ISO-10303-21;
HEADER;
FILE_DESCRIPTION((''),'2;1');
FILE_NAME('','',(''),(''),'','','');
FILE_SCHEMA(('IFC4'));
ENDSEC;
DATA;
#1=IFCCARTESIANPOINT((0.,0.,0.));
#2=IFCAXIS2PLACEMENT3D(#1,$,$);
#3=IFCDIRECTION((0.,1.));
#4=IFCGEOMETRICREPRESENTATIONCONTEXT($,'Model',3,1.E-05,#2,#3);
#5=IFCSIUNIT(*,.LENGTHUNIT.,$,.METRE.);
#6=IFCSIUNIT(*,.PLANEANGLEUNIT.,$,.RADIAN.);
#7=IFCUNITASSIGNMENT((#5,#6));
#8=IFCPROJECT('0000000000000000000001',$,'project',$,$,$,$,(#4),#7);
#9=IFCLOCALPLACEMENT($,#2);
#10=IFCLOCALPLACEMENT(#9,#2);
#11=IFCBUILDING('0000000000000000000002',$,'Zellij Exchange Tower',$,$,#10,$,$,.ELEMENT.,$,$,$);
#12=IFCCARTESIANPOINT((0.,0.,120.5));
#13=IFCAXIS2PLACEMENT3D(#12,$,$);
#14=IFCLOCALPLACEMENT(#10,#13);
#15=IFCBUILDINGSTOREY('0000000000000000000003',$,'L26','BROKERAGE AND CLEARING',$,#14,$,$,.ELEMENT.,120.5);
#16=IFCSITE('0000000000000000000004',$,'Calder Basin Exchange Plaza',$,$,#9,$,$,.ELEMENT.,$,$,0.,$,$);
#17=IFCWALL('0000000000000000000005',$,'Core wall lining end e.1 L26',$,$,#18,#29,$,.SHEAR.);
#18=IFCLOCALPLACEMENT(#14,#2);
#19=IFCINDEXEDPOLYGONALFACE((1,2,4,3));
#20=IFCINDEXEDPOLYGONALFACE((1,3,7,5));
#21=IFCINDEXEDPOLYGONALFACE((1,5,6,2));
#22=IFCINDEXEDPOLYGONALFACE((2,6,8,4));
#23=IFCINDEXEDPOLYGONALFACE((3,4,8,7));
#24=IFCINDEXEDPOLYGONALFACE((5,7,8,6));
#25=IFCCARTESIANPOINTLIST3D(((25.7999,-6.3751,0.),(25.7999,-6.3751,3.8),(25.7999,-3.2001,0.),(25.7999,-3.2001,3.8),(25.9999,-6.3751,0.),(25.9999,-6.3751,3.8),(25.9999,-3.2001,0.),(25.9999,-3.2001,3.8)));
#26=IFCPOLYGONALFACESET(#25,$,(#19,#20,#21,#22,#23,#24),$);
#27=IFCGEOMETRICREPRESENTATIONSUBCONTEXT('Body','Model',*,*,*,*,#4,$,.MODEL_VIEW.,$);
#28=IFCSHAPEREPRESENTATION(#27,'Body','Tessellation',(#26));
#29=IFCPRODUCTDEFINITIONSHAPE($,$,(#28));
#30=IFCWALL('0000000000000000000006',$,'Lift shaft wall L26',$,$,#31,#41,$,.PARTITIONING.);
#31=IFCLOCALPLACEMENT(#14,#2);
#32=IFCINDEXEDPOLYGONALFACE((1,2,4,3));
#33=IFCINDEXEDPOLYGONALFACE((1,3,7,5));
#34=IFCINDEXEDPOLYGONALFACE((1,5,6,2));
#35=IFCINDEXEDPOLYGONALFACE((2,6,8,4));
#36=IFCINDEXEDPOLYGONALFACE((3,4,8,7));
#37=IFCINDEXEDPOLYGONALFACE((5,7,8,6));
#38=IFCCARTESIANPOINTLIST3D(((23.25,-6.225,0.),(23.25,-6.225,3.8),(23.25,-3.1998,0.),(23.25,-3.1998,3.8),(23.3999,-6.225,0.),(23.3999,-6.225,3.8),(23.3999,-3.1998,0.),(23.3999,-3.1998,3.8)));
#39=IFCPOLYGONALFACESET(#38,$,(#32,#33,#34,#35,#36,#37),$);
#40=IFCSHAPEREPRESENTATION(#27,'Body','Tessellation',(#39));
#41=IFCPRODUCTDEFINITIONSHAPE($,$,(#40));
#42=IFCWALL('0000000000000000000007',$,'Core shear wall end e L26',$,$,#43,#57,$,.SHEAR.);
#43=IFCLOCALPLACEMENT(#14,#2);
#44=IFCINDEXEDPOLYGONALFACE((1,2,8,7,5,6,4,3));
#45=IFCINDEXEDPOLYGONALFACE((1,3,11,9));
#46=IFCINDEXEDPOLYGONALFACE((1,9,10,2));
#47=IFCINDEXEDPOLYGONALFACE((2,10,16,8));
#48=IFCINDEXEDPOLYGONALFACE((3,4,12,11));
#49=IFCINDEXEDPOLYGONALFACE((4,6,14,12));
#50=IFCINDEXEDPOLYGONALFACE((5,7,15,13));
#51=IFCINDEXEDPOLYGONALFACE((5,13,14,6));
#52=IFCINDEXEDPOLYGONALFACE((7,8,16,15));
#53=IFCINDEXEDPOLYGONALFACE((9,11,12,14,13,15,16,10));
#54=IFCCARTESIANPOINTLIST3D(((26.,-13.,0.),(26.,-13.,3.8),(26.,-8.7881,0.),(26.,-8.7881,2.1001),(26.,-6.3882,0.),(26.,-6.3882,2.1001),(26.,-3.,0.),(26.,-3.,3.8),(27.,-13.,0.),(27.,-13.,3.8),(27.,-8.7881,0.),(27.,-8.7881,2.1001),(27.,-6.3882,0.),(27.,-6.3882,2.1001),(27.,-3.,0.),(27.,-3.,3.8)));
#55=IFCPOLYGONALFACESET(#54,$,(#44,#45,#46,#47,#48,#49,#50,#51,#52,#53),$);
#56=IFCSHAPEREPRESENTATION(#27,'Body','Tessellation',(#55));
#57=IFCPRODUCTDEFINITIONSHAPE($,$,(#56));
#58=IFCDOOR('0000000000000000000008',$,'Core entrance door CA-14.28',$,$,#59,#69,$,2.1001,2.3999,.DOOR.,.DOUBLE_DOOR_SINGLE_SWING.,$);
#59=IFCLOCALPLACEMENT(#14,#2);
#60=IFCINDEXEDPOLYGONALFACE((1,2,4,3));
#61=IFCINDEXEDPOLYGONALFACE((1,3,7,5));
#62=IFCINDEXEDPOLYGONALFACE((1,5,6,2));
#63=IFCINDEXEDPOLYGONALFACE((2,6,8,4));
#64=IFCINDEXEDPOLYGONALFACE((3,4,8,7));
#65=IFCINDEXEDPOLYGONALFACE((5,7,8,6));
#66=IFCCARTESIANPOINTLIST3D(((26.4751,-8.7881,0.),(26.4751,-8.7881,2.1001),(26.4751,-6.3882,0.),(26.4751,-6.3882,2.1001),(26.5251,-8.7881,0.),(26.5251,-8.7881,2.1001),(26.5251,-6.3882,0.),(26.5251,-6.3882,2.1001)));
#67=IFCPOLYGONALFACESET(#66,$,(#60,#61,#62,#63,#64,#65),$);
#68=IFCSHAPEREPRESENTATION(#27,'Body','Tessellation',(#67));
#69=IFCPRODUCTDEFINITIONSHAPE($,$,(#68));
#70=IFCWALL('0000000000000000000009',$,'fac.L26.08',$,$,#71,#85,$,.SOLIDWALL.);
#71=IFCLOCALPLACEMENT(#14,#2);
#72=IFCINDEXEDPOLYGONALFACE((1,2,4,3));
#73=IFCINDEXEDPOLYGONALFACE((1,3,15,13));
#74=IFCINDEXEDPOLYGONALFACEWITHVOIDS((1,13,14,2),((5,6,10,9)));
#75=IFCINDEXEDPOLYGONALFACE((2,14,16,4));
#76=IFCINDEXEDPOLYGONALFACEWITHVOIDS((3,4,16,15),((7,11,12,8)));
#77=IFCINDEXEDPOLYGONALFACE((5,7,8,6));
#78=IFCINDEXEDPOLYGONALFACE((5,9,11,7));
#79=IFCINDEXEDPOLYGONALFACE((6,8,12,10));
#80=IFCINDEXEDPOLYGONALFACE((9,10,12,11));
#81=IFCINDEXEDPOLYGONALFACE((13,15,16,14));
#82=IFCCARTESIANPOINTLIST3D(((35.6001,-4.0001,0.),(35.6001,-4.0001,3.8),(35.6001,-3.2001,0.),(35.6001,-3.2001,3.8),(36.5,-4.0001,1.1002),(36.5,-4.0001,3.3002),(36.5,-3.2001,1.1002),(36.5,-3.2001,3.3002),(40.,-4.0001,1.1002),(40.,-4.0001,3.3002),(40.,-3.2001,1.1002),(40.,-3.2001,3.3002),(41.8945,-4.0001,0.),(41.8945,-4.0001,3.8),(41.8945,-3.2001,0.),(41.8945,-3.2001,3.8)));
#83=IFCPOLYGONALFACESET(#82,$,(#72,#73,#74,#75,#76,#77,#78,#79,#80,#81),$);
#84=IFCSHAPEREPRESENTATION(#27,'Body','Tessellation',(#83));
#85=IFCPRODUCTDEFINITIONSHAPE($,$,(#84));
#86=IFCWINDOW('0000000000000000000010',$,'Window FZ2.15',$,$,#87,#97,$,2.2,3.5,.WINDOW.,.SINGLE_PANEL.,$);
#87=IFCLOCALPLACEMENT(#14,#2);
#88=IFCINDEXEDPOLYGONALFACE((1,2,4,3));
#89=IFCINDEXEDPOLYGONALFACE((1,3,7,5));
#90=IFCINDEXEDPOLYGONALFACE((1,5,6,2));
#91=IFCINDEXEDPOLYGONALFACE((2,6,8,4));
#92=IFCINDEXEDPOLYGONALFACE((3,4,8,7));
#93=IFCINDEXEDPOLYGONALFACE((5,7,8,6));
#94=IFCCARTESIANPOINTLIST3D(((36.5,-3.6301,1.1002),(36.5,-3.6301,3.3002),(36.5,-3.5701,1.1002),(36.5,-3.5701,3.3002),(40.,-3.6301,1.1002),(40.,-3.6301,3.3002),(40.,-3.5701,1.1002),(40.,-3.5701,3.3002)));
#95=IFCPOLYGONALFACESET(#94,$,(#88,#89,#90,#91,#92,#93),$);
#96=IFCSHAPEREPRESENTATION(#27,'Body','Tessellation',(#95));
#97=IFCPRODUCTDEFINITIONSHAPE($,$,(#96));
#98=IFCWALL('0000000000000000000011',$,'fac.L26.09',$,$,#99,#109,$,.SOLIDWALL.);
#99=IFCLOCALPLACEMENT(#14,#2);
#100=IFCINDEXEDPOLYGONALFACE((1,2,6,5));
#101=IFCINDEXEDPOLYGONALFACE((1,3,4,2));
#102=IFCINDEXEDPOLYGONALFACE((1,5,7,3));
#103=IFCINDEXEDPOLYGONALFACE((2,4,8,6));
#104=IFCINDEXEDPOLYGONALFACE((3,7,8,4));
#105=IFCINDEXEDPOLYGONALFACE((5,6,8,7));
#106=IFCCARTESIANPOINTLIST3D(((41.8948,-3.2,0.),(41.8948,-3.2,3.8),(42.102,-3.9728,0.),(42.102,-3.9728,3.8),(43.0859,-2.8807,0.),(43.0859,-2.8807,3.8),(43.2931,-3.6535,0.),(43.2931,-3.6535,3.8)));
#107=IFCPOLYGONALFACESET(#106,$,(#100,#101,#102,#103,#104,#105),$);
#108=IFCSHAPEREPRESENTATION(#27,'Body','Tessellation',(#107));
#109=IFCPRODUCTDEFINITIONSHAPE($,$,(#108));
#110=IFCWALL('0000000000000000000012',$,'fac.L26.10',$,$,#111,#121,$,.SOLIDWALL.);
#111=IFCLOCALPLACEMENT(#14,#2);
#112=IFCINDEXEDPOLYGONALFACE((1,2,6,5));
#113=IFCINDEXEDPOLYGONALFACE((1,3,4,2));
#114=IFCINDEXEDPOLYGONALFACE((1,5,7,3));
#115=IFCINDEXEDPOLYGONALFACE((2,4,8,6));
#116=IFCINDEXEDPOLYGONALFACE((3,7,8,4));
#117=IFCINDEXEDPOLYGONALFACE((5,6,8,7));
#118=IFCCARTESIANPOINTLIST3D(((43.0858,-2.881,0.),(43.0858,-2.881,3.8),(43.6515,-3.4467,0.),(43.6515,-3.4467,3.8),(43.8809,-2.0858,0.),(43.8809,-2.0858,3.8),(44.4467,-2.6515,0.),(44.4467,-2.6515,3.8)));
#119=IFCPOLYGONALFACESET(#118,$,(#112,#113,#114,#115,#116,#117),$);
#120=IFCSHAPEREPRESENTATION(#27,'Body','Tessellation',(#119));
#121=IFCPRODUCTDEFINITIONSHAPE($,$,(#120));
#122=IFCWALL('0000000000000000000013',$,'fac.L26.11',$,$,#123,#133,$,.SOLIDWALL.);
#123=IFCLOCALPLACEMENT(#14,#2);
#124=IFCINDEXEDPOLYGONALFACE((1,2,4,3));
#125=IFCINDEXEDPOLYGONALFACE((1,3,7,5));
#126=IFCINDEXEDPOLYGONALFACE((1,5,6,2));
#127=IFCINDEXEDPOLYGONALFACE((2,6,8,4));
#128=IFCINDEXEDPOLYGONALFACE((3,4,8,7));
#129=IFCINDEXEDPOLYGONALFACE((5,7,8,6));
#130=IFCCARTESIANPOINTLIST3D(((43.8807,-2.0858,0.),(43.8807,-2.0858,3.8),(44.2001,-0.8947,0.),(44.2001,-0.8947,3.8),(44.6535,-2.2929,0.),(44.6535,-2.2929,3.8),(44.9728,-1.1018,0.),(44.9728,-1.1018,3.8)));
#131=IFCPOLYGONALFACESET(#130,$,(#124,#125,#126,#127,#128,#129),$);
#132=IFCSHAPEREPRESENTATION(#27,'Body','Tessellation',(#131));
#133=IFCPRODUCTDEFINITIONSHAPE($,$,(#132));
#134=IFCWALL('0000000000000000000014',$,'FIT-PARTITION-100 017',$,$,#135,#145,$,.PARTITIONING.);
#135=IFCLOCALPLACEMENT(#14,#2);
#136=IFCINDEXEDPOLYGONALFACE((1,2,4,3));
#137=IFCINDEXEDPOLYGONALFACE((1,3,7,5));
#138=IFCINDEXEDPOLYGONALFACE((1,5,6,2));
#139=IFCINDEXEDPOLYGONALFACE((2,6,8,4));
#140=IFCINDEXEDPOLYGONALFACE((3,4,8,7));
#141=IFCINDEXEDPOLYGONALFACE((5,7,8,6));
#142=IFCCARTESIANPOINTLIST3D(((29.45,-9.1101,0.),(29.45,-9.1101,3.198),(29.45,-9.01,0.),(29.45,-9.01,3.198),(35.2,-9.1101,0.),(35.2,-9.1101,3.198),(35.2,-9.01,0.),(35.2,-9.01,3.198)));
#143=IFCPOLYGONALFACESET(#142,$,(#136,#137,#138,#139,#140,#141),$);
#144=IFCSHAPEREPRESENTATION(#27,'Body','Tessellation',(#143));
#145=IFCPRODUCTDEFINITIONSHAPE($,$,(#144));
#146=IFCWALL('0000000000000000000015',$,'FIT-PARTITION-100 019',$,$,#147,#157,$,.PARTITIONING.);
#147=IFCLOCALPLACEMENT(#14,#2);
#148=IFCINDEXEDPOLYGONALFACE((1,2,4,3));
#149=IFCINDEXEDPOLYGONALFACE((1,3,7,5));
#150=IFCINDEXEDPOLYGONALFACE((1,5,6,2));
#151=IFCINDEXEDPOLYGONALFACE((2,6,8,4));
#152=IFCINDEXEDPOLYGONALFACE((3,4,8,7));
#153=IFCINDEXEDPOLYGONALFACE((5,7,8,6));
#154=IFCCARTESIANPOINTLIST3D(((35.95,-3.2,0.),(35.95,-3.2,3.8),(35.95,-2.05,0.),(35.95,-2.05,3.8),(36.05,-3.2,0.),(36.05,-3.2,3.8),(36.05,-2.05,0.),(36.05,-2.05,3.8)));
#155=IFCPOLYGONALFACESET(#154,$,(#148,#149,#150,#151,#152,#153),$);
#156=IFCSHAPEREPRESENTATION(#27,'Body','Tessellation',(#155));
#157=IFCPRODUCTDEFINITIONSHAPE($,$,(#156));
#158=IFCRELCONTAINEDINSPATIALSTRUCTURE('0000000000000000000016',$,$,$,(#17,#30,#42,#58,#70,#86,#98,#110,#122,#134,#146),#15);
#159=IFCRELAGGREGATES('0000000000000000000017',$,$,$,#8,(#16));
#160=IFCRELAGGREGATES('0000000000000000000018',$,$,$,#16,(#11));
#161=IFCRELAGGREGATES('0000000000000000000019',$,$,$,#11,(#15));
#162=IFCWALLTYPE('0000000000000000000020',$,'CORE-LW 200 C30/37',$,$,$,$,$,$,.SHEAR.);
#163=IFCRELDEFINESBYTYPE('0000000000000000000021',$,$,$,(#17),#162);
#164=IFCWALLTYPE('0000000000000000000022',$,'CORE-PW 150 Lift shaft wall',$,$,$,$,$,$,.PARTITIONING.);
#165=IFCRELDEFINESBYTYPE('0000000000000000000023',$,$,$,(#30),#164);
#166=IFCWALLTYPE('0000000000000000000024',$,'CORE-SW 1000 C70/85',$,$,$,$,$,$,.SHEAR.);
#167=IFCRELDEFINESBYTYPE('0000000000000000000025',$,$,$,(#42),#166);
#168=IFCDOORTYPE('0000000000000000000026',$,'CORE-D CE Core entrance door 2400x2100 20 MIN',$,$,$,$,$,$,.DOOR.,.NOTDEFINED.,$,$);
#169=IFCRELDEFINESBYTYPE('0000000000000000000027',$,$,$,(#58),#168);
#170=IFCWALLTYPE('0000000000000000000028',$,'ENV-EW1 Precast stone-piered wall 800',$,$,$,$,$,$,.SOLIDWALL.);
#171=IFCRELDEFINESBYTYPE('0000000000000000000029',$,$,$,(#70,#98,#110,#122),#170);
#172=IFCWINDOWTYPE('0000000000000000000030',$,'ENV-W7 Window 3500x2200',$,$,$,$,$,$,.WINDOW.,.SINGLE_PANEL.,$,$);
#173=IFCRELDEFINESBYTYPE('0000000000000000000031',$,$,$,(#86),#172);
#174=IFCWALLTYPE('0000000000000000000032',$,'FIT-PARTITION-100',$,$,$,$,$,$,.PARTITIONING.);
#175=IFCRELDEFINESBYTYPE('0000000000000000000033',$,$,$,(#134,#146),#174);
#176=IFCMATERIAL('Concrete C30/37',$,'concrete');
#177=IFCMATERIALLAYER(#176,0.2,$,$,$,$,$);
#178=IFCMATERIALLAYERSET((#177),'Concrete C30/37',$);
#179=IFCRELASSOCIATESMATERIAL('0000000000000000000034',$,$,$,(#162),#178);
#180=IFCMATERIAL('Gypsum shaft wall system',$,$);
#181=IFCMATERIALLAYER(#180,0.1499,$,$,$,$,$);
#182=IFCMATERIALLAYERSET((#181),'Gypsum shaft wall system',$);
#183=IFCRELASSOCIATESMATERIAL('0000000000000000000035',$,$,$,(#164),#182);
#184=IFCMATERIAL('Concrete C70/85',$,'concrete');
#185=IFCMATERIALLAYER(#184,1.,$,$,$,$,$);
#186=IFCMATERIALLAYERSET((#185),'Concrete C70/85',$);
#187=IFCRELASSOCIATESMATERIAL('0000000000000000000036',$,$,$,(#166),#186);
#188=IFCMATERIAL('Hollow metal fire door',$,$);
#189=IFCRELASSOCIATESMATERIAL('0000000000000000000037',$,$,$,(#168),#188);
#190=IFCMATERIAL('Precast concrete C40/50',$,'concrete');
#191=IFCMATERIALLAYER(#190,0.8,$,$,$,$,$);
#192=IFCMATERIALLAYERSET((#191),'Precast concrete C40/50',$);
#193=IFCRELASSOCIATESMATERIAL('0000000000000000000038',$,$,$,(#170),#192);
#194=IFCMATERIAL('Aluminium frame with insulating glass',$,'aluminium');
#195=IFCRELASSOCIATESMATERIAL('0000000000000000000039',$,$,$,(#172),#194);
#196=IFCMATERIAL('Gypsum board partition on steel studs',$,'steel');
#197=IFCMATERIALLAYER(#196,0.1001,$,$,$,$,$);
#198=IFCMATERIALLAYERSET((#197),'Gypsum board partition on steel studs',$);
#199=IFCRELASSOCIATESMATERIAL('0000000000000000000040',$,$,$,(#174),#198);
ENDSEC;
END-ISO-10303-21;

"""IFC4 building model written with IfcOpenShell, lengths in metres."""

from ifc_helpers import new_model, si_unit, direction, frame, frame_2d, origin, place, context, subcontext, project, spatial, rectangle, extrude, material, layer, layer_set, type_object, element, fill, save


model = new_model("IFC4")

# Units and contexts
model_context = context("Model", 3, precision=1e-05, world=origin(), true_north=direction((0.0, 1.0)))
body_context = subcontext(model_context, "Body", "Model", "MODEL_VIEW")
ifc_project = project(units=[si_unit("LENGTHUNIT", "METRE"), si_unit("PLANEANGLEUNIT", "RADIAN")], contexts=[model_context])

# Site, building, storey
site_placement = place(None, origin())
site = spatial("IfcSite", under=ifc_project, at=site_placement, Name="Calder Basin Exchange Plaza", CompositionType="ELEMENT", RefElevation=0.0)
building_placement = place(site_placement, origin())
building = spatial("IfcBuilding", under=site, at=building_placement, Name="Zellij Exchange Tower", CompositionType="ELEMENT")
storey_placement = place(building_placement, frame((0.0, 0.0, 120.5)))
storey = spatial("IfcBuildingStorey", under=building, at=storey_placement, Name="L26", Description="BROKERAGE AND CLEARING", CompositionType="ELEMENT", Elevation=120.5)

# Shared definitions
ifc_material_1 = material(Name="Concrete C70/85", Category="concrete")

# Walls
ifc_material_2 = material(Name="Concrete C30/37", Category="concrete")
ifc_layer_1 = layer(ifc_material_2, 0.2)
ifc_layer_set_1 = layer_set([ifc_layer_1], Name="Concrete C30/37")
wall_type_1 = type_object("IfcWallType", Name="CORE-LW 200 C30/37", PredefinedType="SHEAR", material=ifc_layer_set_1)
wall_1_placement = place(storey_placement, frame((25.8999, -6.375, 0.0), z_axis=(0.0, 0.0, 1.0), x_axis=(0.0, 1.0, 0.0)))
element("IfcWall", 1, at=wall_1_placement, inside=storey, type_object=wall_type_1, Name="Core wall lining end e.1 L26", PredefinedType="SHEAR", context=body_context, shape_type="SweptSolid", body=[
    extrude(rectangle(XDim=3.175, YDim=0.2, at=frame_2d((1.5874, 0.0))), origin(), (0.0, 0.0, 1.0), 3.8),
])
ifc_material_3 = material(Name="Gypsum shaft wall system")
ifc_layer_2 = layer(ifc_material_3, 0.1499)
ifc_layer_set_2 = layer_set([ifc_layer_2], Name="Gypsum shaft wall system")
wall_type_2 = type_object("IfcWallType", Name="CORE-PW 150 Lift shaft wall", PredefinedType="PARTITIONING", material=ifc_layer_set_2)
wall_2_placement = place(storey_placement, frame((23.325, -6.2251, 0.0), z_axis=(0.0, 0.0, 1.0), x_axis=(0.0, 1.0, 0.0)))
element("IfcWall", 2, at=wall_2_placement, inside=storey, type_object=wall_type_2, Name="Lift shaft wall L26", PredefinedType="PARTITIONING", context=body_context, shape_type="SweptSolid", body=[
    extrude(rectangle(XDim=3.0251, YDim=0.1499, at=frame_2d((1.5127, 0.0))), origin(), (0.0, 0.0, 1.0), 3.8),
])

# Wall, opening, door
ifc_layer_3 = layer(ifc_material_1, 1.0)
ifc_layer_set_3 = layer_set([ifc_layer_3], Name="Concrete C70/85")
wall_type_3 = type_object("IfcWallType", Name="CORE-SW 1000 C70/85", PredefinedType="SHEAR", material=ifc_layer_set_3)
wall_3_placement = place(storey_placement, frame((26.5, -13.0, 0.0), z_axis=(0.0, 0.0, 1.0), x_axis=(0.0, 1.0, 0.0)))
wall_3 = element("IfcWall", 3, at=wall_3_placement, inside=storey, type_object=wall_type_3, Name="Core shear wall end e L26", PredefinedType="SHEAR", context=body_context, shape_type="SweptSolid", body=[
    extrude(rectangle(XDim=10.0, YDim=1.0, at=frame_2d((5.0, 0.0))), origin(), (0.0, 0.0, 1.0), 3.8),
])
opening_1_placement = place(wall_3_placement, frame((4.2119, 0.0, 0.0)))
opening_1 = element("IfcOpeningElement", 4, at=opening_1_placement, cuts=wall_3, PredefinedType="OPENING", context=body_context, shape_type="SweptSolid", body=[
    extrude(rectangle(XDim=2.3999, YDim=2.1001, at=frame_2d((1.2, 1.05))), frame((0.0, 0.512, 0.0), z_axis=(0.0, -1.0, 0.0), x_axis=(1.0, 0.0, 0.0)), (0.0, 0.0, 1.0), 1.0239),
])
ifc_material_4 = material(Name="Hollow metal fire door")
door_type_1 = type_object("IfcDoorType", Name="CORE-D CE Core entrance door 2400x2100 20 MIN", OperationType="NOTDEFINED", PredefinedType="DOOR", material=ifc_material_4)
door_1_placement = place(opening_1_placement, origin())
door_1 = element("IfcDoor", 5, at=door_1_placement, inside=storey, type_object=door_type_1, Name="Core entrance door CA-14.28", OperationType="DOUBLE_DOOR_SINGLE_SWING", OverallHeight=2.1001, OverallWidth=2.3999, PredefinedType="DOOR", context=body_context, shape_type="SweptSolid", body=[
    extrude(rectangle(XDim=2.3999, YDim=2.1001, at=frame_2d((1.2, 1.05))), frame((0.0, 0.0249, 0.0), z_axis=(0.0, -1.0, 0.0), x_axis=(1.0, 0.0, 0.0)), (0.0, 0.0, 1.0), 0.05),
])
fill(opening_1, door_1)

# Wall, opening, window
ifc_material_5 = material(Name="Precast concrete C40/50", Category="concrete")
ifc_layer_4 = layer(ifc_material_5, 0.8)
ifc_layer_set_4 = layer_set([ifc_layer_4], Name="Precast concrete C40/50")
wall_type_4 = type_object("IfcWallType", Name="ENV-EW1 Precast stone-piered wall 800", PredefinedType="SOLIDWALL", material=ifc_layer_set_4)
wall_4_placement = place(storey_placement, frame((35.6001, -3.6001, 0.0), z_axis=(0.0, 0.0, 1.0), x_axis=(1.0, 0.0, 0.0)))
wall_4 = element("IfcWall", 6, at=wall_4_placement, inside=storey, type_object=wall_type_4, Name="fac.L26.08", PredefinedType="SOLIDWALL", context=body_context, shape_type="SweptSolid", body=[
    extrude(rectangle(XDim=6.2944, YDim=0.8, at=frame_2d((3.1472, 0.0))), origin(), (0.0, 0.0, 1.0), 3.8),
])
opening_2_placement = place(wall_4_placement, frame((0.8999, 0.0, 1.1001)))
opening_2 = element("IfcOpeningElement", 7, at=opening_2_placement, cuts=wall_4, PredefinedType="OPENING", context=body_context, shape_type="SweptSolid", body=[
    extrude(rectangle(XDim=3.5, YDim=2.2, at=frame_2d((1.75, 1.1001))), frame((0.0, 0.4121, 0.0), z_axis=(0.0, -1.0, 0.0), x_axis=(1.0, 0.0, 0.0)), (0.0, 0.0, 1.0), 0.824),
])
ifc_material_6 = material(Name="Aluminium frame with insulating glass", Category="aluminium")
window_type = type_object("IfcWindowType", Name="ENV-W7 Window 3500x2200", PartitioningType="SINGLE_PANEL", PredefinedType="WINDOW", material=ifc_material_6)
window_placement = place(opening_2_placement, origin())
window = element("IfcWindow", 8, at=window_placement, inside=storey, type_object=window_type, Name="Window FZ2.15", OverallHeight=2.2, OverallWidth=3.5, PartitioningType="SINGLE_PANEL", PredefinedType="WINDOW", context=body_context, shape_type="SweptSolid", body=[
    extrude(rectangle(XDim=3.5, YDim=2.2, at=frame_2d((1.75, 1.1001))), frame((0.0, 0.03, 0.0), z_axis=(0.0, -1.0, 0.0), x_axis=(1.0, 0.0, 0.0)), (0.0, 0.0, 1.0), 0.0601),
])
fill(opening_2, window)

# Walls
wall_5_placement = place(storey_placement, frame((41.9983, -3.5864, 0.0), z_axis=(0.0, 0.0, 1.0), x_axis=(0.965892, 0.258944, 0.0)))
element("IfcWall", 9, at=wall_5_placement, inside=storey, type_object=wall_type_4, Name="fac.L26.09", PredefinedType="SOLIDWALL", context=body_context, shape_type="SweptSolid", body=[
    extrude(rectangle(XDim=1.2332, YDim=0.8, at=frame_2d((0.6167, 0.0))), origin(), (0.0, 0.0, 1.0), 3.8),
])
wall_6_placement = place(storey_placement, frame((43.3687, -3.1638, 0.0), z_axis=(0.0, 0.0, 1.0), x_axis=(0.707107, 0.707107, 0.0)))
element("IfcWall", 10, at=wall_6_placement, inside=storey, type_object=wall_type_4, Name="fac.L26.10", PredefinedType="SOLIDWALL", context=body_context, shape_type="SweptSolid", body=[
    extrude(rectangle(XDim=1.1245, YDim=0.8, at=frame_2d((0.5623, 0.0))), origin(), (0.0, 0.0, 1.0), 3.8),
])
wall_7_placement = place(storey_placement, frame((44.2671, -2.1895, 0.0), z_axis=(0.0, 0.0, 1.0), x_axis=(0.258944, 0.965892, 0.0)))
element("IfcWall", 11, at=wall_7_placement, inside=storey, type_object=wall_type_4, Name="fac.L26.11", PredefinedType="SOLIDWALL", context=body_context, shape_type="SweptSolid", body=[
    extrude(rectangle(XDim=1.2332, YDim=0.8, at=frame_2d((0.6167, 0.0))), origin(), (0.0, 0.0, 1.0), 3.8),
])
ifc_material_7 = material(Name="Gypsum board partition on steel studs", Category="steel")
ifc_layer_5 = layer(ifc_material_7, 0.1001)
ifc_layer_set_5 = layer_set([ifc_layer_5], Name="Gypsum board partition on steel studs")
wall_type_5 = type_object("IfcWallType", Name="FIT-PARTITION-100", PredefinedType="PARTITIONING", material=ifc_layer_set_5)
wall_8_placement = place(storey_placement, frame((29.45, -9.0601, 0.0), z_axis=(0.0, 0.0, 1.0), x_axis=(1.0, 0.0, 0.0)))
element("IfcWall", 12, at=wall_8_placement, inside=storey, type_object=wall_type_5, Name="FIT-PARTITION-100 017", PredefinedType="PARTITIONING", context=body_context, shape_type="SweptSolid", body=[
    extrude(rectangle(XDim=5.75, YDim=0.1001, at=frame_2d((2.875, 0.0))), origin(), (0.0, 0.0, 1.0), 3.198),
])
wall_9_placement = place(storey_placement, frame((36.0, -3.2, 0.0), z_axis=(0.0, 0.0, 1.0), x_axis=(0.0, 1.0, 0.0)))
element("IfcWall", 13, at=wall_9_placement, inside=storey, type_object=wall_type_5, Name="FIT-PARTITION-100 019", PredefinedType="PARTITIONING", context=body_context, shape_type="SweptSolid", body=[
    extrude(rectangle(XDim=1.1499, YDim=0.1001, at=frame_2d((0.575, 0.0))), origin(), (0.0, 0.0, 1.0), 3.8),
])

save(model, "model.ifc")
